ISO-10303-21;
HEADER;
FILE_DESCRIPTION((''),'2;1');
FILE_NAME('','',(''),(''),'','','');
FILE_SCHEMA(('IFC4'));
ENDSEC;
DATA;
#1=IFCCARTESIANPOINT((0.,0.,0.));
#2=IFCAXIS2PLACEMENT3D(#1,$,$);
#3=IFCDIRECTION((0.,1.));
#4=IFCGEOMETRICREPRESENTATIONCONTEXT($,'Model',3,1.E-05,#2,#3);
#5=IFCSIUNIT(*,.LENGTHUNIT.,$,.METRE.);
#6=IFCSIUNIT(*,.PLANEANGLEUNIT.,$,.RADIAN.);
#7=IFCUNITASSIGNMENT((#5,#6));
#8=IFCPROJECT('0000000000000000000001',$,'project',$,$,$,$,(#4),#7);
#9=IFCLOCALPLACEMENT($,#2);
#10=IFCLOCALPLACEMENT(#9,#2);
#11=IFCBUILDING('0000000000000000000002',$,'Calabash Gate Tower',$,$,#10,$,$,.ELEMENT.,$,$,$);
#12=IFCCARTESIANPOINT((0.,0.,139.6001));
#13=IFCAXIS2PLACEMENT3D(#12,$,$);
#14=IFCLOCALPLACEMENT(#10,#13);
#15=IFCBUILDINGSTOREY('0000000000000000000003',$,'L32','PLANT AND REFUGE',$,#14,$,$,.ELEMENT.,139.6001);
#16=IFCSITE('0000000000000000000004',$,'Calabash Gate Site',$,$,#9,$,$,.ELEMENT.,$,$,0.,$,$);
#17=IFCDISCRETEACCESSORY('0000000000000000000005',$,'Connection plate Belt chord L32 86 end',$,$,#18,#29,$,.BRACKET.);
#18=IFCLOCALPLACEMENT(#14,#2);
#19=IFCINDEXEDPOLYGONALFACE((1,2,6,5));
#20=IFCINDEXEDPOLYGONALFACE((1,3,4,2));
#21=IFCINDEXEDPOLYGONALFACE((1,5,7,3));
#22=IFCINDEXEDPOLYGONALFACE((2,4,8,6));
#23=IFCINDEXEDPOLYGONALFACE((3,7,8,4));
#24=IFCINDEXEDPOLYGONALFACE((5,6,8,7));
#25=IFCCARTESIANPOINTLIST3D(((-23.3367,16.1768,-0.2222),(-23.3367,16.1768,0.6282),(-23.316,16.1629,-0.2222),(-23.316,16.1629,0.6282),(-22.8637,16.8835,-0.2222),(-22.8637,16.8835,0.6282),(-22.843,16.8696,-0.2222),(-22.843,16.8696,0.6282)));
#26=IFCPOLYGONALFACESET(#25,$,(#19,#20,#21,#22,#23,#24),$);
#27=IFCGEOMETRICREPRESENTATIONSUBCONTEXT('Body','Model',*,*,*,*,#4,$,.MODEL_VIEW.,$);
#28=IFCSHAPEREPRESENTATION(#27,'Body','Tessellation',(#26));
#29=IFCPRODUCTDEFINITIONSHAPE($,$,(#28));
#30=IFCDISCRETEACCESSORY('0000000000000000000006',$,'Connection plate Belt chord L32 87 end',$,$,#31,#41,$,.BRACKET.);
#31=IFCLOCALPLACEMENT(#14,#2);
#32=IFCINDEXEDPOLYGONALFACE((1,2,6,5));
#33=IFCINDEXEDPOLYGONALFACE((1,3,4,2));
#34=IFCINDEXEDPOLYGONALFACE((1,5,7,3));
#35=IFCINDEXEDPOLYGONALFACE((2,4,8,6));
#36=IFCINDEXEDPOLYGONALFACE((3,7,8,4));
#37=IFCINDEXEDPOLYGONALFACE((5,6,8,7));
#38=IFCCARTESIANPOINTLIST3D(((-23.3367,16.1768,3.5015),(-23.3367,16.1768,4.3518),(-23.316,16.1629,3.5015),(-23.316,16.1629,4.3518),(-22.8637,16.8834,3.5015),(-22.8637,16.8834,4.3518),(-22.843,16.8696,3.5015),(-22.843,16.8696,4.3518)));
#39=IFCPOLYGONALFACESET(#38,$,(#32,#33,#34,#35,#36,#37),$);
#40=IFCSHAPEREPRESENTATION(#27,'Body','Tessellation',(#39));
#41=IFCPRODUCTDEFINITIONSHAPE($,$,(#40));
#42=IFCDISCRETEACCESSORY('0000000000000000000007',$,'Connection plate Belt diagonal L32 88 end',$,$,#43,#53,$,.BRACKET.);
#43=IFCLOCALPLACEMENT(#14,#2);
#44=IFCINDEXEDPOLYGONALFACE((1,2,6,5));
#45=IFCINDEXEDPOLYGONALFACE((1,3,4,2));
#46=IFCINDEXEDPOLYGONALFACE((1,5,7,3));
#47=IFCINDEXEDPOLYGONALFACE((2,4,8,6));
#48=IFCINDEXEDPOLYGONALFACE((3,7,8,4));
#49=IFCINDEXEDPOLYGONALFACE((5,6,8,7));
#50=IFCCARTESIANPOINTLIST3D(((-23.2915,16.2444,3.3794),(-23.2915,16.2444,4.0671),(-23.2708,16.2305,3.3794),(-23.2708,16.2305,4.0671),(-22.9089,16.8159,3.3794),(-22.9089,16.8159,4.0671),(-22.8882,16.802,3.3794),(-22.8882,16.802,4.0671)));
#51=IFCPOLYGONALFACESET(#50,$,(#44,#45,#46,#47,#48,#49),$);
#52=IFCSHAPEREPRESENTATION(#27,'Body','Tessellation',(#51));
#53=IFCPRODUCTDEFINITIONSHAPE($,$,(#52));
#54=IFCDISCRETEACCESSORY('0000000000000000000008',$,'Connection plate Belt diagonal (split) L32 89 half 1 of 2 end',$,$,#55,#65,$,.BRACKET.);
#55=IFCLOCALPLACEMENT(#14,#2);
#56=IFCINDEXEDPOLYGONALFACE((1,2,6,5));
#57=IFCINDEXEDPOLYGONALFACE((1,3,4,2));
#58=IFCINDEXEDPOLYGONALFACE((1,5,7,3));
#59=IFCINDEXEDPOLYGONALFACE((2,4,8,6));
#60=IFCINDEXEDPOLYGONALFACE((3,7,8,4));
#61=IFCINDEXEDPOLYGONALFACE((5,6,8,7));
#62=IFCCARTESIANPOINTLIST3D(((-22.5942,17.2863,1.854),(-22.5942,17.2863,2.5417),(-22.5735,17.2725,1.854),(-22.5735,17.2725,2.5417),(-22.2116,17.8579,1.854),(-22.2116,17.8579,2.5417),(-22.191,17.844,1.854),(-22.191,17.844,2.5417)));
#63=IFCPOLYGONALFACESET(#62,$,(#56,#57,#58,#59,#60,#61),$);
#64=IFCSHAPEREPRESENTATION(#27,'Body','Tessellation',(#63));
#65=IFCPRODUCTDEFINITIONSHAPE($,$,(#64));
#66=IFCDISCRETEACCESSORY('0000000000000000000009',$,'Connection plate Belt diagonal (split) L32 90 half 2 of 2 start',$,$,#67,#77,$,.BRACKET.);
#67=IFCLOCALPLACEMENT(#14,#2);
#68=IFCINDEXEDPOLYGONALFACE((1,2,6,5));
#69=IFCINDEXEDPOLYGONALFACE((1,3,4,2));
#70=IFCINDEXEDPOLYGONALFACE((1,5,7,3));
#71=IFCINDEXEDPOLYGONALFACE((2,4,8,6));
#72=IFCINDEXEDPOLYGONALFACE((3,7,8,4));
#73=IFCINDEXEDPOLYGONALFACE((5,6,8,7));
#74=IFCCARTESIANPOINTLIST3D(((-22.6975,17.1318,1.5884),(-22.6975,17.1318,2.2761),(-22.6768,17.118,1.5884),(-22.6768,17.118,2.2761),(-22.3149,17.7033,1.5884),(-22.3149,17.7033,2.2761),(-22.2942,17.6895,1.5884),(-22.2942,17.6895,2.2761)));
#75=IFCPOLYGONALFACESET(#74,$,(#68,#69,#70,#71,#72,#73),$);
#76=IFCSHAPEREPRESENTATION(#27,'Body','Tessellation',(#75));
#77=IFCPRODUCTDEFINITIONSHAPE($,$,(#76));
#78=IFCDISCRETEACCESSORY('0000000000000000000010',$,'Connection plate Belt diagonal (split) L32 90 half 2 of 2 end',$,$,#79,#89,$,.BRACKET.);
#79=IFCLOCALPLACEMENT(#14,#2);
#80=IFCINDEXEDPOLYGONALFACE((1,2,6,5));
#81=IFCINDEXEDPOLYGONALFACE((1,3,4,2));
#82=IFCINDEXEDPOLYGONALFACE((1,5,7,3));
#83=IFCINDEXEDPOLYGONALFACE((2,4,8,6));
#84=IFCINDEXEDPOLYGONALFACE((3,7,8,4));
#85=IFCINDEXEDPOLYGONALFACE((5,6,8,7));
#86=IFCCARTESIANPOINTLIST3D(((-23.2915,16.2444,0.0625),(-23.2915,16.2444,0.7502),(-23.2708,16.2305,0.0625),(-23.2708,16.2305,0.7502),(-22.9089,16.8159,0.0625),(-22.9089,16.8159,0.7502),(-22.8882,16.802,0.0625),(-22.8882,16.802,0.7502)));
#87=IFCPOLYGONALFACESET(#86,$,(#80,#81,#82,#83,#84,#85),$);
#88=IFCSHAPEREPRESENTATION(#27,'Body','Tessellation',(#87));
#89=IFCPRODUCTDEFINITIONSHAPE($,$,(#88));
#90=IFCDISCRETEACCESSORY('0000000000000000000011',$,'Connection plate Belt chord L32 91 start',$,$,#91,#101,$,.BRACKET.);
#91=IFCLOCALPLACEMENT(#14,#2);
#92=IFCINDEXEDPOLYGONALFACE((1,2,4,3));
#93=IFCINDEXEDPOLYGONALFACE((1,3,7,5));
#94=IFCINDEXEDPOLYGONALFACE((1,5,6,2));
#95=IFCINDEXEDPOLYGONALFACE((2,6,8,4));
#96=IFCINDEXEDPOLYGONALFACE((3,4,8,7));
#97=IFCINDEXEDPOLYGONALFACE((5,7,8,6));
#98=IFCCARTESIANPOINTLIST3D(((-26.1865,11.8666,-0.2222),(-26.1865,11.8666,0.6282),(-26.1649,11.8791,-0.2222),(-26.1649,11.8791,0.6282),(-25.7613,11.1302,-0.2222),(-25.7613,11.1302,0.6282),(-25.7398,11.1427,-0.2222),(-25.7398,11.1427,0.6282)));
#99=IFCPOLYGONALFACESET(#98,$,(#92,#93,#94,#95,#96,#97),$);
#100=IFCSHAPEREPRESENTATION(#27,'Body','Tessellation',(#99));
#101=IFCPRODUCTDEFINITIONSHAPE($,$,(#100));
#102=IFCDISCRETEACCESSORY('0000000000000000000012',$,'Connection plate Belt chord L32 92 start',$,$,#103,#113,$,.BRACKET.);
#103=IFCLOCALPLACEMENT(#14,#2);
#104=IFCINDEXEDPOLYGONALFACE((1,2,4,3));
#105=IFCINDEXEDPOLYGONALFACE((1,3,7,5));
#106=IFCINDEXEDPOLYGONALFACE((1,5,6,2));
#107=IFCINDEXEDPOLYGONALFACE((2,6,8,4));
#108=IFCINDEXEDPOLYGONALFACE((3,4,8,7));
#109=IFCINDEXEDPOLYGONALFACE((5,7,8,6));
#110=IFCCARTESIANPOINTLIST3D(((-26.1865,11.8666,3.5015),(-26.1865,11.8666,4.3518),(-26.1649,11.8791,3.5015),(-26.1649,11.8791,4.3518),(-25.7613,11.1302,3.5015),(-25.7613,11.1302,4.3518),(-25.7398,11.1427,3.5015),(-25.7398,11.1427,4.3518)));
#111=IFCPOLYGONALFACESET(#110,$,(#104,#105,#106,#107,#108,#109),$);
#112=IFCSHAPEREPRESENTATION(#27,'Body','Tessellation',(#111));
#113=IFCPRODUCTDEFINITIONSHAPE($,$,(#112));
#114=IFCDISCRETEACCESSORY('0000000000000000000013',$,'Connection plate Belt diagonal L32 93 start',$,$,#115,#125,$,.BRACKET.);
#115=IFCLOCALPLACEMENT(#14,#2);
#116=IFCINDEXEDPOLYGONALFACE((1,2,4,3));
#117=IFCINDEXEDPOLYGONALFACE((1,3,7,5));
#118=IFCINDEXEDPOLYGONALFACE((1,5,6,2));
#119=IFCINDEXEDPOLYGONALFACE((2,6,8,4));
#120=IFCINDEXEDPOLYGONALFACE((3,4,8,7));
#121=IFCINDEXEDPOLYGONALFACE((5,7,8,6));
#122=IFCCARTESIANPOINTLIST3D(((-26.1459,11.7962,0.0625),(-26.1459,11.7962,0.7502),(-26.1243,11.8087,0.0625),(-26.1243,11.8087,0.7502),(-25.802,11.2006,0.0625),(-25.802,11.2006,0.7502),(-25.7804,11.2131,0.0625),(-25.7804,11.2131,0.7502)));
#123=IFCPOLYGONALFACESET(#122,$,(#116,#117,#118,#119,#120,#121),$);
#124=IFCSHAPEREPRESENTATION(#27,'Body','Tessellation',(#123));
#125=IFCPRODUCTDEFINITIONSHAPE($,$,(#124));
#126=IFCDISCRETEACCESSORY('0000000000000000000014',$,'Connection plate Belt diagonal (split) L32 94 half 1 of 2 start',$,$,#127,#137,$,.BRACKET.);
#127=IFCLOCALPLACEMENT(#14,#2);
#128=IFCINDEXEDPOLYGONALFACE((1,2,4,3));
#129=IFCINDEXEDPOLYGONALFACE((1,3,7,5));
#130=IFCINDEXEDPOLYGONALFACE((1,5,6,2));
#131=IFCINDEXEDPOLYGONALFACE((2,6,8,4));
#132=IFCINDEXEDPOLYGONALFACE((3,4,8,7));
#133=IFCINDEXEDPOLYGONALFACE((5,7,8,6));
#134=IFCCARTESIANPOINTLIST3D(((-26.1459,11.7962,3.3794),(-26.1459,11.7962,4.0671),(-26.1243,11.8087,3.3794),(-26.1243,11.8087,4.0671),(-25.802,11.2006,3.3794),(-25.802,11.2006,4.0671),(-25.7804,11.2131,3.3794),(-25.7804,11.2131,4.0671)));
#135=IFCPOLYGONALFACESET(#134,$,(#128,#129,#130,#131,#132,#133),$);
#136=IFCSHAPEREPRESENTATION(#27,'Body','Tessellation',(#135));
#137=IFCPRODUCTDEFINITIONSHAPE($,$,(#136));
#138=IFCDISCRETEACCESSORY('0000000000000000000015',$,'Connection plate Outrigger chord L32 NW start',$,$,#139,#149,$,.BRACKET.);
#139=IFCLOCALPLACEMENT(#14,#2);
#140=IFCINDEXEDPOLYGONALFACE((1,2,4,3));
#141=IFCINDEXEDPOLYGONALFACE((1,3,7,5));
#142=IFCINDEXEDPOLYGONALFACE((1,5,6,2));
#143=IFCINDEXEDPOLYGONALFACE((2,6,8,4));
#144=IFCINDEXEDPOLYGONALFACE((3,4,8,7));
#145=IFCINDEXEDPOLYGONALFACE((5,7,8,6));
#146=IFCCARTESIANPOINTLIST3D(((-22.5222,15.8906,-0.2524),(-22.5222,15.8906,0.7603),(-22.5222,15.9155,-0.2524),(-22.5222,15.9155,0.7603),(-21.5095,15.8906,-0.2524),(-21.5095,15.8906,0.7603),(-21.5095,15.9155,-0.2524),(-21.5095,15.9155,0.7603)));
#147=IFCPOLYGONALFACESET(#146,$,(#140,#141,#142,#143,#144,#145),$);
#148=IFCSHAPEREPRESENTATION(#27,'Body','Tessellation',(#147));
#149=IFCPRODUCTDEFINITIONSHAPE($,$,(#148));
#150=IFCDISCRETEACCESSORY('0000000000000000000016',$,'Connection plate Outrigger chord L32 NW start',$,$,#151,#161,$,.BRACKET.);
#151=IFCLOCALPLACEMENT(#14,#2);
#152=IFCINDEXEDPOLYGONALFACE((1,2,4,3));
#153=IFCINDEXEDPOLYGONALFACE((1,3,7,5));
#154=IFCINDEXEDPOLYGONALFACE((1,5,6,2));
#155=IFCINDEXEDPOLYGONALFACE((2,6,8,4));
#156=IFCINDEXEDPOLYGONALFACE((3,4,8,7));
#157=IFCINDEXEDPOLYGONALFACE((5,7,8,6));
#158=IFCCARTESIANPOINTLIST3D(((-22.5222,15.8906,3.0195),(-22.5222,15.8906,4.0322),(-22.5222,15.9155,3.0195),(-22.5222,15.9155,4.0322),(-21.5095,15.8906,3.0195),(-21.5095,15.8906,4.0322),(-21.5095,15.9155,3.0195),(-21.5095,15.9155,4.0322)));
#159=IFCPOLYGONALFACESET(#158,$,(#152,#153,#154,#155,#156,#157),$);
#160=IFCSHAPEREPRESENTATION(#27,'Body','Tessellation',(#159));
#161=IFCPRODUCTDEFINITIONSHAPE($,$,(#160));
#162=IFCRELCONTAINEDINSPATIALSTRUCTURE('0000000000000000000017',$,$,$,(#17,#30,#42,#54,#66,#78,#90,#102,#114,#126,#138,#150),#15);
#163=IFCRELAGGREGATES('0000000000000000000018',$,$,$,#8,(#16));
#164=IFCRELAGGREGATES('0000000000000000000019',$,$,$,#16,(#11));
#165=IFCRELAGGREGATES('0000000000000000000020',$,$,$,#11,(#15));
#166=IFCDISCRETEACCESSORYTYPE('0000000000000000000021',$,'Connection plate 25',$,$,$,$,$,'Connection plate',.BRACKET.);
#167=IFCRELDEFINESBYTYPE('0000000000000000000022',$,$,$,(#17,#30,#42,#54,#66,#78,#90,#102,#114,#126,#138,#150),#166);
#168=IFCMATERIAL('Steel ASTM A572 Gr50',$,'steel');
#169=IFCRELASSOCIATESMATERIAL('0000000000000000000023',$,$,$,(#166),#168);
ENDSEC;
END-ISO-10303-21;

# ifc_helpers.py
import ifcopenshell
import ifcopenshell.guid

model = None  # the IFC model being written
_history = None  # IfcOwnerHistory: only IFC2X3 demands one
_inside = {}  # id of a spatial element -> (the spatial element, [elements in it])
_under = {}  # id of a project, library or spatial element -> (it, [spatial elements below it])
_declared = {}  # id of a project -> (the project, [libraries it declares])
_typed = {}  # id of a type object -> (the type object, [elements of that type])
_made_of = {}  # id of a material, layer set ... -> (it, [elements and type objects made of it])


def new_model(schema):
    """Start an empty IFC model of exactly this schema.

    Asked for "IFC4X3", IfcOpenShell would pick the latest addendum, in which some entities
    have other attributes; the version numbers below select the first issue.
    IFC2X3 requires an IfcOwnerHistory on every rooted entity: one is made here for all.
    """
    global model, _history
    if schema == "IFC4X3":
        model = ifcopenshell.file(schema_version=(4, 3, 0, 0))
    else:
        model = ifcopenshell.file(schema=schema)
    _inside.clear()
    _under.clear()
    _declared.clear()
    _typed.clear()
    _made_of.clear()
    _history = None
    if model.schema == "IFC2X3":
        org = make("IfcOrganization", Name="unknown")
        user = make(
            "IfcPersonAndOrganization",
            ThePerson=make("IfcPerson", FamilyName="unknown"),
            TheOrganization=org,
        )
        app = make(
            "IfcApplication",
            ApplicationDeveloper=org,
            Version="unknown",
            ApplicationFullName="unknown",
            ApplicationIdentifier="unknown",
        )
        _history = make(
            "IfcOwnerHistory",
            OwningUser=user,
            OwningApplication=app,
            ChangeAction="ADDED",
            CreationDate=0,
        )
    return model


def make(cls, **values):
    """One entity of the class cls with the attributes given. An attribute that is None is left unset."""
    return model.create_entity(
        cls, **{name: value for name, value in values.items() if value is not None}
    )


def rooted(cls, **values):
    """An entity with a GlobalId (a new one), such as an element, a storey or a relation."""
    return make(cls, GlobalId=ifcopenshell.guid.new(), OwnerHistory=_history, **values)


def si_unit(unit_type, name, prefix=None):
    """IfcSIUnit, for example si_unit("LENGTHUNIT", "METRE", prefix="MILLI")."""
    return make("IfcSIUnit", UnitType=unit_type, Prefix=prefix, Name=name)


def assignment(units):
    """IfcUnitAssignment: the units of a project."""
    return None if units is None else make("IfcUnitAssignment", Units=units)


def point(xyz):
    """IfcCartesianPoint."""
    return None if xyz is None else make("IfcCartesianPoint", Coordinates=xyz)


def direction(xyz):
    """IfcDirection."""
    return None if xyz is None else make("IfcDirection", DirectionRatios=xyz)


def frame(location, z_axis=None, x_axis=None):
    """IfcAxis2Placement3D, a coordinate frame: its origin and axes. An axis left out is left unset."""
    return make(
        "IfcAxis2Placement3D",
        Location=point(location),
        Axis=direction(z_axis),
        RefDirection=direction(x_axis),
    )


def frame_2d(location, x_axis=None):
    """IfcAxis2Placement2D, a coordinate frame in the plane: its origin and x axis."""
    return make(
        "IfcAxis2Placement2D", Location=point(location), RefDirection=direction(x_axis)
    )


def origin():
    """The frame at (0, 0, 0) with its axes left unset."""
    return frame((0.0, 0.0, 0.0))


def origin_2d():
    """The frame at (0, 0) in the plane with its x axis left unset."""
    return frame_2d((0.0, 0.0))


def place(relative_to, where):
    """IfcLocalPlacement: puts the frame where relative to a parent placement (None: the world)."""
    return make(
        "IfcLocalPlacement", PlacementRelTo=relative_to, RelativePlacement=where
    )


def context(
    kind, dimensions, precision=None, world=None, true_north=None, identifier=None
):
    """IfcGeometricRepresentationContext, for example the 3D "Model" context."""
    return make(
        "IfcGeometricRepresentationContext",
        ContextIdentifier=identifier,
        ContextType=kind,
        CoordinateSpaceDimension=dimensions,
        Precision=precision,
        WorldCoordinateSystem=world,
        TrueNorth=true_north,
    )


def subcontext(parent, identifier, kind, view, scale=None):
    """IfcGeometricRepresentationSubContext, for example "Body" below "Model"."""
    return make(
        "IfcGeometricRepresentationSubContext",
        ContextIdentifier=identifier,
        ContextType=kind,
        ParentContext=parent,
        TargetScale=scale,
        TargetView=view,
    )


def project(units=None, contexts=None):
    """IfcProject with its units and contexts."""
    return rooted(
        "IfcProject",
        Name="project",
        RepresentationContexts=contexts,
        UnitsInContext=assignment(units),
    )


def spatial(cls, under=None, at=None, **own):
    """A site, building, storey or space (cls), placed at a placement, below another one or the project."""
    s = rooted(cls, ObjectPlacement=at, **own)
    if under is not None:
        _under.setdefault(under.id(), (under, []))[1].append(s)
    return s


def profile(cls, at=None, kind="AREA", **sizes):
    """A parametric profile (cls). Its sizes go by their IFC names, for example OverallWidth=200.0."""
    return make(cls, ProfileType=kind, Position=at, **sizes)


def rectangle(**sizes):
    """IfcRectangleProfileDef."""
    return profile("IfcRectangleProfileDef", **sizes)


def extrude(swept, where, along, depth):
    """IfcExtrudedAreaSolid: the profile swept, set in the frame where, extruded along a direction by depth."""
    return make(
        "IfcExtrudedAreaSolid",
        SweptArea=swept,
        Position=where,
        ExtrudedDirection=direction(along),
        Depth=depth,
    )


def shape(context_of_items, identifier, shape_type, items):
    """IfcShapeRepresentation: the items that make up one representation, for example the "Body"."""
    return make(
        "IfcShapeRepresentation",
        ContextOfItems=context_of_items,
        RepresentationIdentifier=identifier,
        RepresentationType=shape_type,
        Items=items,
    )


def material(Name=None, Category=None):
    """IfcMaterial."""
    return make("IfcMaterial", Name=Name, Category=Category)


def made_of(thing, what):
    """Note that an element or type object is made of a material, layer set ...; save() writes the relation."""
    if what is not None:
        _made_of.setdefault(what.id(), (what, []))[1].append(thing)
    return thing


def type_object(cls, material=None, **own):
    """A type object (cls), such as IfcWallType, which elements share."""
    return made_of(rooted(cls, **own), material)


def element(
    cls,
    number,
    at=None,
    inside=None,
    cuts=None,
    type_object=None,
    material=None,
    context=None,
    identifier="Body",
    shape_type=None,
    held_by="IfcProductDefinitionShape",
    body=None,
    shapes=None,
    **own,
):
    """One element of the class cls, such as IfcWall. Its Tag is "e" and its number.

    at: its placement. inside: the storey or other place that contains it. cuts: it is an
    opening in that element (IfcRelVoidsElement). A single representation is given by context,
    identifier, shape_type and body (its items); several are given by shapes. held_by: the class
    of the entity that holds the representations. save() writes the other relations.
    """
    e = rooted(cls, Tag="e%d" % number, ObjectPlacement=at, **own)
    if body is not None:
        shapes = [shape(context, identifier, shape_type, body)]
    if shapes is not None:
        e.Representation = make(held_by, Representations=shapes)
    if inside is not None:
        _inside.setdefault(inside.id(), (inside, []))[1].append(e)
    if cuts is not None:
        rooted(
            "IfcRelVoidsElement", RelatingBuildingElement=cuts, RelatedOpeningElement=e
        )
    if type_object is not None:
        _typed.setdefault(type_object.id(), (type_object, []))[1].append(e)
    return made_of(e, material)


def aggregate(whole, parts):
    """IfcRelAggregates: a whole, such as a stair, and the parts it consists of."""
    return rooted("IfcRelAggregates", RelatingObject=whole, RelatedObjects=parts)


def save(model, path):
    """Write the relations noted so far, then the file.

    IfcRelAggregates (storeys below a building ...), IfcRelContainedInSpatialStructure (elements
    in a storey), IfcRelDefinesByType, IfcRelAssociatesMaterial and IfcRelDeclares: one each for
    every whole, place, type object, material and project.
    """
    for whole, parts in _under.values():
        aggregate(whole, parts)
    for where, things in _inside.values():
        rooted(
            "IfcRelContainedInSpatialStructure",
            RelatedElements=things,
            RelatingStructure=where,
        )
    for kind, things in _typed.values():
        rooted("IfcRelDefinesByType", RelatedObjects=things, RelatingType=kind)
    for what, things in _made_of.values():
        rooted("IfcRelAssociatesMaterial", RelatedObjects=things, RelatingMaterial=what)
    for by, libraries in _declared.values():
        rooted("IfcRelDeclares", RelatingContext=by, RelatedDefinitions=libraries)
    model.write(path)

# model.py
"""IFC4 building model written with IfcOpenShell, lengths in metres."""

from ifc_helpers import new_model, si_unit, direction, frame, origin, origin_2d, place, context, subcontext, project, spatial, rectangle, extrude, material, type_object, element, save


model = new_model("IFC4")

# Units and contexts
model_context = context("Model", 3, precision=1e-05, world=origin(), true_north=direction((0.0, 1.0)))
body_context = subcontext(model_context, "Body", "Model", "MODEL_VIEW")
ifc_project = project(units=[si_unit("LENGTHUNIT", "METRE"), si_unit("PLANEANGLEUNIT", "RADIAN")], contexts=[model_context])

# Site, building, storey
site_placement = place(None, origin())
site = spatial("IfcSite", under=ifc_project, at=site_placement, Name="Calabash Gate Site", CompositionType="ELEMENT", RefElevation=0.0)
building_placement = place(site_placement, origin())
building = spatial("IfcBuilding", under=site, at=building_placement, Name="Calabash Gate Tower", CompositionType="ELEMENT")
storey_placement = place(building_placement, frame((0.0, 0.0, 139.6001)))
storey = spatial("IfcBuildingStorey", under=building, at=storey_placement, Name="L32", Description="PLANT AND REFUGE", CompositionType="ELEMENT", Elevation=139.6001)

# Discrete accessories
ifc_material_1 = material(Name="Steel ASTM A572 Gr50", Category="steel")
discrete_accessory_type = type_object("IfcDiscreteAccessoryType", Name="Connection plate 25", ElementType="Connection plate", PredefinedType="BRACKET", material=ifc_material_1)
for number, where, z_axis, x_axis, name in (
    (1, (-23.0898, 16.5232, -0.2222), (0.0, 0.0, 1.0), (-0.556176, -0.831064, 0.0), "Connection plate Belt chord L32 86 end"),
    (2, (-23.0898, 16.5232, 3.5015), (0.0, 0.0, 1.0), (-0.556242, -0.83102, 0.0), "Connection plate Belt chord L32 87 end"),
):
    element("IfcDiscreteAccessory", number, at=place(storey_placement, frame(where, z_axis=z_axis, x_axis=x_axis)), inside=storey, type_object=discrete_accessory_type, Name=name, PredefinedType="BRACKET", context=body_context, shape_type="SweptSolid", body=[
        extrude(rectangle(XDim=0.8503, YDim=0.0249, at=origin_2d()), origin(), (0.0, 0.0, 1.0), 0.8503),
    ])
for number, where, z_axis, x_axis, name in (
    (3, (-23.0898, 16.5232, 3.3794), (0.0, 0.0, 1.0), (-0.556242, -0.83102, 0.0), "Connection plate Belt diagonal L32 88 end"),
    (4, (-22.3926, 17.5652, 1.854), (0.0, 0.0, 1.0), (-0.556242, -0.83102, 0.0), "Connection plate Belt diagonal (split) L32 89 half 1 of 2 end"),
    (5, (-22.4958, 17.4106, 1.5884), (0.0, 0.0, 1.0), (-0.556242, -0.83102, 0.0), "Connection plate Belt diagonal (split) L32 90 half 2 of 2 start"),
    (6, (-23.0898, 16.5232, 0.0625), (0.0, 0.0, 1.0), (-0.556242, -0.83102, 0.0), "Connection plate Belt diagonal (split) L32 90 half 2 of 2 end"),
):
    element("IfcDiscreteAccessory", number, at=place(storey_placement, frame(where, z_axis=z_axis, x_axis=x_axis)), inside=storey, type_object=discrete_accessory_type, Name=name, PredefinedType="BRACKET", context=body_context, shape_type="SweptSolid", body=[
        extrude(rectangle(XDim=0.6877, YDim=0.0249, at=origin_2d()), origin(), (0.0, 0.0, 1.0), 0.6877),
    ])
for number, where, z_axis, x_axis, name in (
    (7, (-25.9631, 11.5046, -0.2222), (0.0, 0.0, 1.0), (0.5, -0.866025, 0.0), "Connection plate Belt chord L32 91 start"),
    (8, (-25.9631, 11.5046, 3.5015), (0.0, 0.0, 1.0), (0.5, -0.866025, 0.0), "Connection plate Belt chord L32 92 start"),
):
    element("IfcDiscreteAccessory", number, at=place(storey_placement, frame(where, z_axis=z_axis, x_axis=x_axis)), inside=storey, type_object=discrete_accessory_type, Name=name, PredefinedType="BRACKET", context=body_context, shape_type="SweptSolid", body=[
        extrude(rectangle(XDim=0.8503, YDim=0.0249, at=origin_2d()), origin(), (0.0, 0.0, 1.0), 0.8503),
    ])
for number, where, z_axis, x_axis, name in (
    (9, (-25.9631, 11.5046, 0.0625), (0.0, 0.0, 1.0), (0.5, -0.866025, 0.0), "Connection plate Belt diagonal L32 93 start"),
    (10, (-25.9631, 11.5046, 3.3794), (0.0, 0.0, 1.0), (0.5, -0.866025, 0.0), "Connection plate Belt diagonal (split) L32 94 half 1 of 2 start"),
):
    element("IfcDiscreteAccessory", number, at=place(storey_placement, frame(where, z_axis=z_axis, x_axis=x_axis)), inside=storey, type_object=discrete_accessory_type, Name=name, PredefinedType="BRACKET", context=body_context, shape_type="SweptSolid", body=[
        extrude(rectangle(XDim=0.6877, YDim=0.0249, at=origin_2d()), origin(), (0.0, 0.0, 1.0), 0.6877),
    ])
for number, where, z_axis, x_axis, name in (
    (11, (-22.0159, 15.9031, -0.2524), (0.0, 0.0, 1.0), (1.0, 0.0, 0.0), "Connection plate Outrigger chord L32 NW start"),
    (12, (-22.0159, 15.9031, 3.0195), (0.0, 0.0, 1.0), (1.0, 0.0, 0.0), "Connection plate Outrigger chord L32 NW start"),
):
    element("IfcDiscreteAccessory", number, at=place(storey_placement, frame(where, z_axis=z_axis, x_axis=x_axis)), inside=storey, type_object=discrete_accessory_type, Name=name, PredefinedType="BRACKET", context=body_context, shape_type="SweptSolid", body=[
        extrude(rectangle(XDim=1.0127, YDim=0.0249, at=origin_2d()), origin(), (0.0, 0.0, 1.0), 1.0127),
    ])

save(model, "model.ifc")
